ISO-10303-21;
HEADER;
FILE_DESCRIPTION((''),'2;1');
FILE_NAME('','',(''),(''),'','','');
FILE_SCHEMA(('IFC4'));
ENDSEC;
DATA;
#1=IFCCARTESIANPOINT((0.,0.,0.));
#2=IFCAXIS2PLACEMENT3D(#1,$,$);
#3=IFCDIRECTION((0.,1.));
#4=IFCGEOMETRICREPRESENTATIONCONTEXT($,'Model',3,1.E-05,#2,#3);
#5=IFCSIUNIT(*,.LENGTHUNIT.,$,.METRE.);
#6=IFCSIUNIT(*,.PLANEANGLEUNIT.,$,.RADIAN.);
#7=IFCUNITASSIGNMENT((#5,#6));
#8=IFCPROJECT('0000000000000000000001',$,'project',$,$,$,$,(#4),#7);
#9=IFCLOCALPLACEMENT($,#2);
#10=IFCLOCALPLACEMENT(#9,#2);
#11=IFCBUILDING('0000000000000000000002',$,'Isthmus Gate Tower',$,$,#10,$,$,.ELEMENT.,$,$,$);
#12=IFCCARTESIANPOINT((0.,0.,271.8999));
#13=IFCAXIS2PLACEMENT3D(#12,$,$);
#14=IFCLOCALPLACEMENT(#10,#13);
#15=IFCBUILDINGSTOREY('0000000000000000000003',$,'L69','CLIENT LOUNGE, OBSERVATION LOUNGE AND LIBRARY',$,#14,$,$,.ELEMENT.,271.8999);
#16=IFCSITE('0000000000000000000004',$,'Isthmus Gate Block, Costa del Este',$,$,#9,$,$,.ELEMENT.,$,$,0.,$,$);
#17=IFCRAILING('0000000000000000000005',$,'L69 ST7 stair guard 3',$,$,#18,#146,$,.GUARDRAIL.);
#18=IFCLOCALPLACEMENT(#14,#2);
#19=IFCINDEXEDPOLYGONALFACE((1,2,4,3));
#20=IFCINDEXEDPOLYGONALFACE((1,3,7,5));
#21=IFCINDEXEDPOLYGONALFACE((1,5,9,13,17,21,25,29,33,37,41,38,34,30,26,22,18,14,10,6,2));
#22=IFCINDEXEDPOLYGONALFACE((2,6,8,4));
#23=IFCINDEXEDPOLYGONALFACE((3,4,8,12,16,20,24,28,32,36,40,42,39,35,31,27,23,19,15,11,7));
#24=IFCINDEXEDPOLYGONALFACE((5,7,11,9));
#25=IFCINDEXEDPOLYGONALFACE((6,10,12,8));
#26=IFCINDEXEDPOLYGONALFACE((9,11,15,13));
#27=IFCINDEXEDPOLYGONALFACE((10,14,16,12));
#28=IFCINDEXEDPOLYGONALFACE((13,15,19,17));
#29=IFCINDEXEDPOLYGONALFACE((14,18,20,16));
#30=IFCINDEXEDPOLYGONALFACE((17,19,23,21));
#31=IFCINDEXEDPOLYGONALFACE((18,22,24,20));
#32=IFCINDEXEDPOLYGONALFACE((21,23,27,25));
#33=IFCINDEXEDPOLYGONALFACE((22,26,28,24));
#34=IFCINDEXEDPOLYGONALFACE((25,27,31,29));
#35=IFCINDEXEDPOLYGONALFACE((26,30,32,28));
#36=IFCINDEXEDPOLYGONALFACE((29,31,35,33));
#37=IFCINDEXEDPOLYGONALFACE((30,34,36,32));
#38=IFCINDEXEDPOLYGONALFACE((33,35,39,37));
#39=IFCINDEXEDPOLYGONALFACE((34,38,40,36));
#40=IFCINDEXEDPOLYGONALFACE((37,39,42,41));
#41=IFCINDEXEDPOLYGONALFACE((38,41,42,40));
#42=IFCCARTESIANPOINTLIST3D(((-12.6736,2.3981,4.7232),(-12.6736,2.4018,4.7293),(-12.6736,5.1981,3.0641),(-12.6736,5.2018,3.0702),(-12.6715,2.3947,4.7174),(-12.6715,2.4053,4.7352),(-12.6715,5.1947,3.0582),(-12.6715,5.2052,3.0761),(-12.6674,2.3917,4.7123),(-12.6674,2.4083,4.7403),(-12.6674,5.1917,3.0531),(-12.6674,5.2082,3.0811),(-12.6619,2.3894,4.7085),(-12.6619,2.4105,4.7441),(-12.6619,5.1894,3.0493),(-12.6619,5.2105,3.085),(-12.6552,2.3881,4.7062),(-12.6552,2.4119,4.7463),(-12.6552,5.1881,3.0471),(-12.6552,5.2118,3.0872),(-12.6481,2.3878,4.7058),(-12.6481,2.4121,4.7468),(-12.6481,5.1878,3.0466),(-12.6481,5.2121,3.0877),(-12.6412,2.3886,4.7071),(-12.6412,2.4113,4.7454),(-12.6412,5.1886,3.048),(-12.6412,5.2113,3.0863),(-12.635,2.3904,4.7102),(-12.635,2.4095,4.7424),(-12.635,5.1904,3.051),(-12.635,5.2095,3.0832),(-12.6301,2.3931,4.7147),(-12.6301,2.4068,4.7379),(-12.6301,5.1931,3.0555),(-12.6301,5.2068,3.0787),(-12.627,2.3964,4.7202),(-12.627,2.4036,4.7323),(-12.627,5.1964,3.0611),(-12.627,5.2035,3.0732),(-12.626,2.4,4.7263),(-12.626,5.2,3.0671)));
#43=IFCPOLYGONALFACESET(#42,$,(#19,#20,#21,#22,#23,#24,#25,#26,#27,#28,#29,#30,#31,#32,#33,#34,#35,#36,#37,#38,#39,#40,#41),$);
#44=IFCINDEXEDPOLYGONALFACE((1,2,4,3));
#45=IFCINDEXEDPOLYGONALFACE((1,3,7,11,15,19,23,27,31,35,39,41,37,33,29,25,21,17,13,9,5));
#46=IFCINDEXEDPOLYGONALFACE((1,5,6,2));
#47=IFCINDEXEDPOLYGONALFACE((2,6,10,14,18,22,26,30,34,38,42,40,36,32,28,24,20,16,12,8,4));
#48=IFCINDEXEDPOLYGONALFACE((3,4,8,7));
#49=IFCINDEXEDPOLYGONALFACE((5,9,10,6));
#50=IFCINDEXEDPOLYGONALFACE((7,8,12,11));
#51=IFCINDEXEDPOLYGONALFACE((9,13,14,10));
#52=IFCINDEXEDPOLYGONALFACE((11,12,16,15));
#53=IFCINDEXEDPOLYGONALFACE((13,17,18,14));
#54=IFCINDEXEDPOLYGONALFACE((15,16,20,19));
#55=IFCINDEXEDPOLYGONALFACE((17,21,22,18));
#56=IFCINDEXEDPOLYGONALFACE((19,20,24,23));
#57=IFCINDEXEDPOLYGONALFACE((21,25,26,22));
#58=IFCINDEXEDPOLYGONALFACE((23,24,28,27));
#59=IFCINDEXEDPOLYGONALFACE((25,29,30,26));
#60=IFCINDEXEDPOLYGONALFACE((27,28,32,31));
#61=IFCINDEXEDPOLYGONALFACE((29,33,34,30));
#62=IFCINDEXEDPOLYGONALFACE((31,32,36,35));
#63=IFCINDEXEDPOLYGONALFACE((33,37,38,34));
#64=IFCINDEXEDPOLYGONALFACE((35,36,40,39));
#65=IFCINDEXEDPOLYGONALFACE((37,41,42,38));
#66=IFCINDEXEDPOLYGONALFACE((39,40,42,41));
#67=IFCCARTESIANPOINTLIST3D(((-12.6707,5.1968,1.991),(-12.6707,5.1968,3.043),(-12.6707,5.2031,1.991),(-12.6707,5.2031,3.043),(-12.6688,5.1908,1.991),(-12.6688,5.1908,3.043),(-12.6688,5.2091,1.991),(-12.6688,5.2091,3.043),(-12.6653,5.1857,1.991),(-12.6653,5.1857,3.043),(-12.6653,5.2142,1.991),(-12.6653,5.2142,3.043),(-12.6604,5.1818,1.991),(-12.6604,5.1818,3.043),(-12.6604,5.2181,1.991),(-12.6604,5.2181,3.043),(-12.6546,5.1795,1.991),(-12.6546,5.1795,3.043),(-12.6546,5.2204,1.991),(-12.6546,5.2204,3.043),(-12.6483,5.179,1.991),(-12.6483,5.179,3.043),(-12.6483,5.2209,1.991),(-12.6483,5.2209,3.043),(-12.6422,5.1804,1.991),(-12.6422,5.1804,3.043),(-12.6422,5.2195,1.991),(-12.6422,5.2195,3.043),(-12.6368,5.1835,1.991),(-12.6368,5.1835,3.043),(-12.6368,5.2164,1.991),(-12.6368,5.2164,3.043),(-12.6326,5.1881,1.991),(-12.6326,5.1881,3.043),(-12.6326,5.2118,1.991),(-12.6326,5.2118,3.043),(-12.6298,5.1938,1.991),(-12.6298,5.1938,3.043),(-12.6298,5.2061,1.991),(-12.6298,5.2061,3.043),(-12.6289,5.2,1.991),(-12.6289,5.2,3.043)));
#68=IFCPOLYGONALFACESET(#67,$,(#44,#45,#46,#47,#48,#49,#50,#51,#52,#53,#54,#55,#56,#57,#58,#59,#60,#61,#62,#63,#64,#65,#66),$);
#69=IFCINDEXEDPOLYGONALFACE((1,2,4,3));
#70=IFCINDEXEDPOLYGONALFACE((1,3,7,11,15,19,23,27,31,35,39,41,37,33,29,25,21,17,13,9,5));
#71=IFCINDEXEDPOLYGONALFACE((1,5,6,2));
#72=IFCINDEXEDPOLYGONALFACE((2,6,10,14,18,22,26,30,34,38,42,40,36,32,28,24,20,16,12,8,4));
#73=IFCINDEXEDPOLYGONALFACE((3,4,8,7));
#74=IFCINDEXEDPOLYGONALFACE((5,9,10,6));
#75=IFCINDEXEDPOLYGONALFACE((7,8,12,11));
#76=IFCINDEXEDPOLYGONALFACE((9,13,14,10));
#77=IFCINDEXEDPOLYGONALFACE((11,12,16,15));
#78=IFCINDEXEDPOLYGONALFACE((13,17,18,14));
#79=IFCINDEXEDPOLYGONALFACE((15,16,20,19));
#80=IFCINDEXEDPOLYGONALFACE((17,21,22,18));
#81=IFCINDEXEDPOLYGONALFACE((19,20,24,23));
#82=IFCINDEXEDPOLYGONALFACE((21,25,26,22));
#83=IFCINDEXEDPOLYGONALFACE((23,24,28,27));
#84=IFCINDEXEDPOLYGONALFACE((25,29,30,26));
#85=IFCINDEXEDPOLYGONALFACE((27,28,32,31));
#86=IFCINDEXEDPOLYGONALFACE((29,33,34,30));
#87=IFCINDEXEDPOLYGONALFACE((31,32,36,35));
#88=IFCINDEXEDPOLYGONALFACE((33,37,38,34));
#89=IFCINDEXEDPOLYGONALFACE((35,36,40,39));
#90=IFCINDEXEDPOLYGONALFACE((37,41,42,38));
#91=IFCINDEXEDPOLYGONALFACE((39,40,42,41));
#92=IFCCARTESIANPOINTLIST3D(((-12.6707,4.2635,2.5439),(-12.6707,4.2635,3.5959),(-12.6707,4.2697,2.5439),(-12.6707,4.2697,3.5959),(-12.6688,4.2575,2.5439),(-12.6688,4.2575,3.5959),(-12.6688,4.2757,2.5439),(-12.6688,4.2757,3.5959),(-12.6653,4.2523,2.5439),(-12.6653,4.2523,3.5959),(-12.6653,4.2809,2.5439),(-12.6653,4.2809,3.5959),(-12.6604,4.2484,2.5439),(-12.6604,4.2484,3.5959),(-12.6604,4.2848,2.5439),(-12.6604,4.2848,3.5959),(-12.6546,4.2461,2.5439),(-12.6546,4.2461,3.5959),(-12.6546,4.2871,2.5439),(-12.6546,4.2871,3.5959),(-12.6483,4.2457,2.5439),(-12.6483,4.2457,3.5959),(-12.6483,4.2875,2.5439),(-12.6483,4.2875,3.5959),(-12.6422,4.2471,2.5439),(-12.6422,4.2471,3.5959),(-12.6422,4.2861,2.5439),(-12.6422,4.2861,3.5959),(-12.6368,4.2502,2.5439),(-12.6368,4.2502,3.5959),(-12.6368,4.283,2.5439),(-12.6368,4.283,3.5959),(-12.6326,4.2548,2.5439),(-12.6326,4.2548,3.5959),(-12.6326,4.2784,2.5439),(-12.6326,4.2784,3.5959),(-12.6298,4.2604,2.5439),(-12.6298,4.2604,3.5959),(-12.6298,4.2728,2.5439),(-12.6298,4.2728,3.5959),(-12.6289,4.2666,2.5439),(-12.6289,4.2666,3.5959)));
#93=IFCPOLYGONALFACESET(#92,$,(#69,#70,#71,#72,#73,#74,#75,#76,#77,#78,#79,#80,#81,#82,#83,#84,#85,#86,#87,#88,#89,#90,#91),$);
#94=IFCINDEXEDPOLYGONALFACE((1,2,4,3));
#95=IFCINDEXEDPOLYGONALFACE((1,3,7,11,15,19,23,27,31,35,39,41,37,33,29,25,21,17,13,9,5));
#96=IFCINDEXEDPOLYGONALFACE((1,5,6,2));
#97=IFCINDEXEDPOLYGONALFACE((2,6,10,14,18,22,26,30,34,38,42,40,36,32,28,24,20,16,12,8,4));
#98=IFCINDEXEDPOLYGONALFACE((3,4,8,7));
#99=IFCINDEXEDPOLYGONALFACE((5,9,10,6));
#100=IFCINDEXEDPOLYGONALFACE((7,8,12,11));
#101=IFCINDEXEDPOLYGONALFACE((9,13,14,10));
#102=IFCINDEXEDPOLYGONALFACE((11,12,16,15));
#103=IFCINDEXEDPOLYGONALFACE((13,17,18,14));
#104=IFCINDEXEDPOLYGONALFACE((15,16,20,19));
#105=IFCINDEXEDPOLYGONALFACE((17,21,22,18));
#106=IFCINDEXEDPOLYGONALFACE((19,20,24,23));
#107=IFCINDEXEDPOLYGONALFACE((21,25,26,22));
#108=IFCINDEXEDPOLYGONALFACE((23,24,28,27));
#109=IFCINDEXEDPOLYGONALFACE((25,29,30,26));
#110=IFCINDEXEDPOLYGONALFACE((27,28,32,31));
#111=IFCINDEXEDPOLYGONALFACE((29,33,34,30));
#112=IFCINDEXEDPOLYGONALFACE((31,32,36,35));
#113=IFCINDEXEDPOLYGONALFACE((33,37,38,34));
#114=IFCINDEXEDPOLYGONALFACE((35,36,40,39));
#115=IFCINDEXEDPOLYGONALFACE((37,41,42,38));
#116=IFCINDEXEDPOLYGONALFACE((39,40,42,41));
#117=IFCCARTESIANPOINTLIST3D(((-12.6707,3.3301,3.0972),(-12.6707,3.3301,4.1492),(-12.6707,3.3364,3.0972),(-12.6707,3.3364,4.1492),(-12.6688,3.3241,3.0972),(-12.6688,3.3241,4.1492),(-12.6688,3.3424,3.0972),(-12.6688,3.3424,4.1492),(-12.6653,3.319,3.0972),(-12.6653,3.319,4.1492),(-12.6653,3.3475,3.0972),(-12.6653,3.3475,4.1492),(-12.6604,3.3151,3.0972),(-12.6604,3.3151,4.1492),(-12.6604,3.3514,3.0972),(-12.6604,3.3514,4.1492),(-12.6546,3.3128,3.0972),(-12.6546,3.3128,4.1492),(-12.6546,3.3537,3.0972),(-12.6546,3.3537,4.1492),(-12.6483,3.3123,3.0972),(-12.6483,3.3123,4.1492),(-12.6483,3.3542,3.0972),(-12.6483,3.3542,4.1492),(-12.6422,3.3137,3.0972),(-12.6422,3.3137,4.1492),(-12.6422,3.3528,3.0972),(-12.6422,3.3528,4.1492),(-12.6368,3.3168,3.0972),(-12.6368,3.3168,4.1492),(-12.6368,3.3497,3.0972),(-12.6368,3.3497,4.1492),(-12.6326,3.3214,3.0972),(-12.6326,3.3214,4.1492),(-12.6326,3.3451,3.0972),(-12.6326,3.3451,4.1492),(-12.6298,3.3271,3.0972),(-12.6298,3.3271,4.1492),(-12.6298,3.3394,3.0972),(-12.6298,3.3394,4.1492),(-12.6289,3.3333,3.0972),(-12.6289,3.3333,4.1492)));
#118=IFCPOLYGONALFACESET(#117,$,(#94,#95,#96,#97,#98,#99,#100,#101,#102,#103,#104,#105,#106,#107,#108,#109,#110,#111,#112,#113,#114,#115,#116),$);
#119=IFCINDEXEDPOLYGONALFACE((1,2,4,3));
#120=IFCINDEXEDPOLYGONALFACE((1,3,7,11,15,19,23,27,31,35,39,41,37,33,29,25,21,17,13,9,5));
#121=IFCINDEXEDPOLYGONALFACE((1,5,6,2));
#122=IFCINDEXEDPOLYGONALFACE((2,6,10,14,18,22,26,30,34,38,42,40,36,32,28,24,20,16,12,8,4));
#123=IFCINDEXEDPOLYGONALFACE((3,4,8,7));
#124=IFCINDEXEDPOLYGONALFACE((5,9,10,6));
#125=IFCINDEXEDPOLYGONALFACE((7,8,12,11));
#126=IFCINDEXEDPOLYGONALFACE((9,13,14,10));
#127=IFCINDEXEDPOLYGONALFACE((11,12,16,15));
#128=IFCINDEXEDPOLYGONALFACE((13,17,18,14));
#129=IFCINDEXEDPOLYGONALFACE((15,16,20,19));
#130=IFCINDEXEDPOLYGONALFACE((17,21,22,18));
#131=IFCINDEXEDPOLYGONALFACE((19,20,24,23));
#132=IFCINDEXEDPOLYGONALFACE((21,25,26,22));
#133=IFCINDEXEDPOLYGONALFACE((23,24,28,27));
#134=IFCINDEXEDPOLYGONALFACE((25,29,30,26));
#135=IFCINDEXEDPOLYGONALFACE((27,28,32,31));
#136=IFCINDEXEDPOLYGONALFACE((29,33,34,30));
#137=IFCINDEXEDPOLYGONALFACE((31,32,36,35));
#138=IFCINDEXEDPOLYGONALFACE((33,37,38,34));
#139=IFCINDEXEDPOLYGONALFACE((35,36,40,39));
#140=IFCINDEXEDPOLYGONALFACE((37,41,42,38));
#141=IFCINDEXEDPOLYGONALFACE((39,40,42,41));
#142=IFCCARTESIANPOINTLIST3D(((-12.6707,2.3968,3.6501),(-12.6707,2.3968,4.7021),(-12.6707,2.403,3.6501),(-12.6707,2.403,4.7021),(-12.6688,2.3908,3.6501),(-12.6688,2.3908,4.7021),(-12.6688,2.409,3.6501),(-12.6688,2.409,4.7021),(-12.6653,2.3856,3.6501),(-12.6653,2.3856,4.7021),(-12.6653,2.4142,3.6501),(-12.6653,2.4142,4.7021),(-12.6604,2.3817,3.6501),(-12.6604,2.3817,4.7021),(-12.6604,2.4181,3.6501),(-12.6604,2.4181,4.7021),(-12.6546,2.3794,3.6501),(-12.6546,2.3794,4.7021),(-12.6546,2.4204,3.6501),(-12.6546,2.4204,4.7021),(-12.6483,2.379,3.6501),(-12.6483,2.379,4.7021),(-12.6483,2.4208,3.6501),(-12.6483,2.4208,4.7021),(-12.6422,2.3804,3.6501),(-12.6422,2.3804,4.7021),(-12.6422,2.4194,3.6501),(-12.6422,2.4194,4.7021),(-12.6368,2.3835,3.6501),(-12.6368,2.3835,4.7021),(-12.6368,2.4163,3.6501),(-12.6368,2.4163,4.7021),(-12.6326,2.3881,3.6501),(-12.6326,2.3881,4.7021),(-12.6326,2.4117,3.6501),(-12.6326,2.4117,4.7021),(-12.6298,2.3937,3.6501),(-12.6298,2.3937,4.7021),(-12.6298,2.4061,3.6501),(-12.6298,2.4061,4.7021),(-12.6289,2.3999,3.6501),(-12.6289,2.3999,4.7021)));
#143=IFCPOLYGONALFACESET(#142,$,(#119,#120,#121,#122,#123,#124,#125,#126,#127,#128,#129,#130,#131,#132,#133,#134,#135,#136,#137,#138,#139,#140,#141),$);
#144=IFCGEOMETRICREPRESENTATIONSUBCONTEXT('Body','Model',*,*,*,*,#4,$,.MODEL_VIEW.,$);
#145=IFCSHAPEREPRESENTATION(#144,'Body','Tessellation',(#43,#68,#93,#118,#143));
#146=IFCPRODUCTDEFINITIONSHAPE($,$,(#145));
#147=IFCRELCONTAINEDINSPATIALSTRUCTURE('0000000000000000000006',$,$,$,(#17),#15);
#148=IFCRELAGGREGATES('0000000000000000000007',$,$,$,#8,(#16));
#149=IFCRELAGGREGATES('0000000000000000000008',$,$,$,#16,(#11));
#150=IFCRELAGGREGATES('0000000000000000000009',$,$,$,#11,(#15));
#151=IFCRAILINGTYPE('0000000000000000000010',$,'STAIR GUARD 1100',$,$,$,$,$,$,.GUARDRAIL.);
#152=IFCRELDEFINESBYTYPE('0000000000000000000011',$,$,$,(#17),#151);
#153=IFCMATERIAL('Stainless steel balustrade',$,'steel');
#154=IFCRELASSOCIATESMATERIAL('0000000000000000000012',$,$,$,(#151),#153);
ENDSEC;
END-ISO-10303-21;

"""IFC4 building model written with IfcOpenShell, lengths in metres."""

from ifc_helpers import new_model, si_unit, direction, frame, origin, origin_2d, place, context, subcontext, project, spatial, circle, extrude, material, type_object, element, save


model = new_model("IFC4")

# Units and contexts
model_context = context("Model", 3, precision=1e-05, world=origin(), true_north=direction((0.0, 1.0)))
body_context = subcontext(model_context, "Body", "Model", "MODEL_VIEW")
ifc_project = project(units=[si_unit("LENGTHUNIT", "METRE"), si_unit("PLANEANGLEUNIT", "RADIAN")], contexts=[model_context])

# Site, building, storey
site_placement = place(None, origin())
site = spatial("IfcSite", under=ifc_project, at=site_placement, Name="Isthmus Gate Block, Costa del Este", CompositionType="ELEMENT", RefElevation=0.0)
building_placement = place(site_placement, origin())
building = spatial("IfcBuilding", under=site, at=building_placement, Name="Isthmus Gate Tower", CompositionType="ELEMENT")
storey_placement = place(building_placement, frame((0.0, 0.0, 271.8999)))
storey = spatial("IfcBuildingStorey", under=building, at=storey_placement, Name="L69", Description="CLIENT LOUNGE, OBSERVATION LOUNGE AND LIBRARY", CompositionType="ELEMENT", Elevation=271.8999)

# Railing
ifc_material_1 = material(Name="Stainless steel balustrade", Category="steel")
railing_type_1 = type_object("IfcRailingType", Name="STAIR GUARD 1100", PredefinedType="GUARDRAIL", material=ifc_material_1)
railing_1_placement = place(storey_placement, frame((-12.6499, 5.2, 1.991)))
element("IfcRailing", 1, at=railing_1_placement, inside=storey, type_object=railing_type_1, Name="L69 ST7 stair guard 3", PredefinedType="GUARDRAIL", context=body_context, shape_type="SweptSolid", body=[
    extrude(circle(Radius=0.0239, at=origin_2d()), frame((0.0, 0.0, 1.0762), z_axis=(0.0, -0.860306, 0.509778), x_axis=(1.0, 0.0, 0.0)), (0.0, 0.0, 1.0), 3.2546),
    extrude(circle(Radius=0.021, at=origin_2d()), origin(), (0.0, 0.0, 1.0), 1.052),
    extrude(circle(Radius=0.021, at=origin_2d()), frame((0.0, -0.9333, 0.553)), (0.0, 0.0, 1.0), 1.052),
    extrude(circle(Radius=0.021, at=origin_2d()), frame((0.0, -1.8667, 1.1062)), (0.0, 0.0, 1.0), 1.052),
    extrude(circle(Radius=0.021, at=origin_2d()), frame((0.0, -2.8, 1.6592)), (0.0, 0.0, 1.0), 1.052),
])

save(model, "model.ifc")
